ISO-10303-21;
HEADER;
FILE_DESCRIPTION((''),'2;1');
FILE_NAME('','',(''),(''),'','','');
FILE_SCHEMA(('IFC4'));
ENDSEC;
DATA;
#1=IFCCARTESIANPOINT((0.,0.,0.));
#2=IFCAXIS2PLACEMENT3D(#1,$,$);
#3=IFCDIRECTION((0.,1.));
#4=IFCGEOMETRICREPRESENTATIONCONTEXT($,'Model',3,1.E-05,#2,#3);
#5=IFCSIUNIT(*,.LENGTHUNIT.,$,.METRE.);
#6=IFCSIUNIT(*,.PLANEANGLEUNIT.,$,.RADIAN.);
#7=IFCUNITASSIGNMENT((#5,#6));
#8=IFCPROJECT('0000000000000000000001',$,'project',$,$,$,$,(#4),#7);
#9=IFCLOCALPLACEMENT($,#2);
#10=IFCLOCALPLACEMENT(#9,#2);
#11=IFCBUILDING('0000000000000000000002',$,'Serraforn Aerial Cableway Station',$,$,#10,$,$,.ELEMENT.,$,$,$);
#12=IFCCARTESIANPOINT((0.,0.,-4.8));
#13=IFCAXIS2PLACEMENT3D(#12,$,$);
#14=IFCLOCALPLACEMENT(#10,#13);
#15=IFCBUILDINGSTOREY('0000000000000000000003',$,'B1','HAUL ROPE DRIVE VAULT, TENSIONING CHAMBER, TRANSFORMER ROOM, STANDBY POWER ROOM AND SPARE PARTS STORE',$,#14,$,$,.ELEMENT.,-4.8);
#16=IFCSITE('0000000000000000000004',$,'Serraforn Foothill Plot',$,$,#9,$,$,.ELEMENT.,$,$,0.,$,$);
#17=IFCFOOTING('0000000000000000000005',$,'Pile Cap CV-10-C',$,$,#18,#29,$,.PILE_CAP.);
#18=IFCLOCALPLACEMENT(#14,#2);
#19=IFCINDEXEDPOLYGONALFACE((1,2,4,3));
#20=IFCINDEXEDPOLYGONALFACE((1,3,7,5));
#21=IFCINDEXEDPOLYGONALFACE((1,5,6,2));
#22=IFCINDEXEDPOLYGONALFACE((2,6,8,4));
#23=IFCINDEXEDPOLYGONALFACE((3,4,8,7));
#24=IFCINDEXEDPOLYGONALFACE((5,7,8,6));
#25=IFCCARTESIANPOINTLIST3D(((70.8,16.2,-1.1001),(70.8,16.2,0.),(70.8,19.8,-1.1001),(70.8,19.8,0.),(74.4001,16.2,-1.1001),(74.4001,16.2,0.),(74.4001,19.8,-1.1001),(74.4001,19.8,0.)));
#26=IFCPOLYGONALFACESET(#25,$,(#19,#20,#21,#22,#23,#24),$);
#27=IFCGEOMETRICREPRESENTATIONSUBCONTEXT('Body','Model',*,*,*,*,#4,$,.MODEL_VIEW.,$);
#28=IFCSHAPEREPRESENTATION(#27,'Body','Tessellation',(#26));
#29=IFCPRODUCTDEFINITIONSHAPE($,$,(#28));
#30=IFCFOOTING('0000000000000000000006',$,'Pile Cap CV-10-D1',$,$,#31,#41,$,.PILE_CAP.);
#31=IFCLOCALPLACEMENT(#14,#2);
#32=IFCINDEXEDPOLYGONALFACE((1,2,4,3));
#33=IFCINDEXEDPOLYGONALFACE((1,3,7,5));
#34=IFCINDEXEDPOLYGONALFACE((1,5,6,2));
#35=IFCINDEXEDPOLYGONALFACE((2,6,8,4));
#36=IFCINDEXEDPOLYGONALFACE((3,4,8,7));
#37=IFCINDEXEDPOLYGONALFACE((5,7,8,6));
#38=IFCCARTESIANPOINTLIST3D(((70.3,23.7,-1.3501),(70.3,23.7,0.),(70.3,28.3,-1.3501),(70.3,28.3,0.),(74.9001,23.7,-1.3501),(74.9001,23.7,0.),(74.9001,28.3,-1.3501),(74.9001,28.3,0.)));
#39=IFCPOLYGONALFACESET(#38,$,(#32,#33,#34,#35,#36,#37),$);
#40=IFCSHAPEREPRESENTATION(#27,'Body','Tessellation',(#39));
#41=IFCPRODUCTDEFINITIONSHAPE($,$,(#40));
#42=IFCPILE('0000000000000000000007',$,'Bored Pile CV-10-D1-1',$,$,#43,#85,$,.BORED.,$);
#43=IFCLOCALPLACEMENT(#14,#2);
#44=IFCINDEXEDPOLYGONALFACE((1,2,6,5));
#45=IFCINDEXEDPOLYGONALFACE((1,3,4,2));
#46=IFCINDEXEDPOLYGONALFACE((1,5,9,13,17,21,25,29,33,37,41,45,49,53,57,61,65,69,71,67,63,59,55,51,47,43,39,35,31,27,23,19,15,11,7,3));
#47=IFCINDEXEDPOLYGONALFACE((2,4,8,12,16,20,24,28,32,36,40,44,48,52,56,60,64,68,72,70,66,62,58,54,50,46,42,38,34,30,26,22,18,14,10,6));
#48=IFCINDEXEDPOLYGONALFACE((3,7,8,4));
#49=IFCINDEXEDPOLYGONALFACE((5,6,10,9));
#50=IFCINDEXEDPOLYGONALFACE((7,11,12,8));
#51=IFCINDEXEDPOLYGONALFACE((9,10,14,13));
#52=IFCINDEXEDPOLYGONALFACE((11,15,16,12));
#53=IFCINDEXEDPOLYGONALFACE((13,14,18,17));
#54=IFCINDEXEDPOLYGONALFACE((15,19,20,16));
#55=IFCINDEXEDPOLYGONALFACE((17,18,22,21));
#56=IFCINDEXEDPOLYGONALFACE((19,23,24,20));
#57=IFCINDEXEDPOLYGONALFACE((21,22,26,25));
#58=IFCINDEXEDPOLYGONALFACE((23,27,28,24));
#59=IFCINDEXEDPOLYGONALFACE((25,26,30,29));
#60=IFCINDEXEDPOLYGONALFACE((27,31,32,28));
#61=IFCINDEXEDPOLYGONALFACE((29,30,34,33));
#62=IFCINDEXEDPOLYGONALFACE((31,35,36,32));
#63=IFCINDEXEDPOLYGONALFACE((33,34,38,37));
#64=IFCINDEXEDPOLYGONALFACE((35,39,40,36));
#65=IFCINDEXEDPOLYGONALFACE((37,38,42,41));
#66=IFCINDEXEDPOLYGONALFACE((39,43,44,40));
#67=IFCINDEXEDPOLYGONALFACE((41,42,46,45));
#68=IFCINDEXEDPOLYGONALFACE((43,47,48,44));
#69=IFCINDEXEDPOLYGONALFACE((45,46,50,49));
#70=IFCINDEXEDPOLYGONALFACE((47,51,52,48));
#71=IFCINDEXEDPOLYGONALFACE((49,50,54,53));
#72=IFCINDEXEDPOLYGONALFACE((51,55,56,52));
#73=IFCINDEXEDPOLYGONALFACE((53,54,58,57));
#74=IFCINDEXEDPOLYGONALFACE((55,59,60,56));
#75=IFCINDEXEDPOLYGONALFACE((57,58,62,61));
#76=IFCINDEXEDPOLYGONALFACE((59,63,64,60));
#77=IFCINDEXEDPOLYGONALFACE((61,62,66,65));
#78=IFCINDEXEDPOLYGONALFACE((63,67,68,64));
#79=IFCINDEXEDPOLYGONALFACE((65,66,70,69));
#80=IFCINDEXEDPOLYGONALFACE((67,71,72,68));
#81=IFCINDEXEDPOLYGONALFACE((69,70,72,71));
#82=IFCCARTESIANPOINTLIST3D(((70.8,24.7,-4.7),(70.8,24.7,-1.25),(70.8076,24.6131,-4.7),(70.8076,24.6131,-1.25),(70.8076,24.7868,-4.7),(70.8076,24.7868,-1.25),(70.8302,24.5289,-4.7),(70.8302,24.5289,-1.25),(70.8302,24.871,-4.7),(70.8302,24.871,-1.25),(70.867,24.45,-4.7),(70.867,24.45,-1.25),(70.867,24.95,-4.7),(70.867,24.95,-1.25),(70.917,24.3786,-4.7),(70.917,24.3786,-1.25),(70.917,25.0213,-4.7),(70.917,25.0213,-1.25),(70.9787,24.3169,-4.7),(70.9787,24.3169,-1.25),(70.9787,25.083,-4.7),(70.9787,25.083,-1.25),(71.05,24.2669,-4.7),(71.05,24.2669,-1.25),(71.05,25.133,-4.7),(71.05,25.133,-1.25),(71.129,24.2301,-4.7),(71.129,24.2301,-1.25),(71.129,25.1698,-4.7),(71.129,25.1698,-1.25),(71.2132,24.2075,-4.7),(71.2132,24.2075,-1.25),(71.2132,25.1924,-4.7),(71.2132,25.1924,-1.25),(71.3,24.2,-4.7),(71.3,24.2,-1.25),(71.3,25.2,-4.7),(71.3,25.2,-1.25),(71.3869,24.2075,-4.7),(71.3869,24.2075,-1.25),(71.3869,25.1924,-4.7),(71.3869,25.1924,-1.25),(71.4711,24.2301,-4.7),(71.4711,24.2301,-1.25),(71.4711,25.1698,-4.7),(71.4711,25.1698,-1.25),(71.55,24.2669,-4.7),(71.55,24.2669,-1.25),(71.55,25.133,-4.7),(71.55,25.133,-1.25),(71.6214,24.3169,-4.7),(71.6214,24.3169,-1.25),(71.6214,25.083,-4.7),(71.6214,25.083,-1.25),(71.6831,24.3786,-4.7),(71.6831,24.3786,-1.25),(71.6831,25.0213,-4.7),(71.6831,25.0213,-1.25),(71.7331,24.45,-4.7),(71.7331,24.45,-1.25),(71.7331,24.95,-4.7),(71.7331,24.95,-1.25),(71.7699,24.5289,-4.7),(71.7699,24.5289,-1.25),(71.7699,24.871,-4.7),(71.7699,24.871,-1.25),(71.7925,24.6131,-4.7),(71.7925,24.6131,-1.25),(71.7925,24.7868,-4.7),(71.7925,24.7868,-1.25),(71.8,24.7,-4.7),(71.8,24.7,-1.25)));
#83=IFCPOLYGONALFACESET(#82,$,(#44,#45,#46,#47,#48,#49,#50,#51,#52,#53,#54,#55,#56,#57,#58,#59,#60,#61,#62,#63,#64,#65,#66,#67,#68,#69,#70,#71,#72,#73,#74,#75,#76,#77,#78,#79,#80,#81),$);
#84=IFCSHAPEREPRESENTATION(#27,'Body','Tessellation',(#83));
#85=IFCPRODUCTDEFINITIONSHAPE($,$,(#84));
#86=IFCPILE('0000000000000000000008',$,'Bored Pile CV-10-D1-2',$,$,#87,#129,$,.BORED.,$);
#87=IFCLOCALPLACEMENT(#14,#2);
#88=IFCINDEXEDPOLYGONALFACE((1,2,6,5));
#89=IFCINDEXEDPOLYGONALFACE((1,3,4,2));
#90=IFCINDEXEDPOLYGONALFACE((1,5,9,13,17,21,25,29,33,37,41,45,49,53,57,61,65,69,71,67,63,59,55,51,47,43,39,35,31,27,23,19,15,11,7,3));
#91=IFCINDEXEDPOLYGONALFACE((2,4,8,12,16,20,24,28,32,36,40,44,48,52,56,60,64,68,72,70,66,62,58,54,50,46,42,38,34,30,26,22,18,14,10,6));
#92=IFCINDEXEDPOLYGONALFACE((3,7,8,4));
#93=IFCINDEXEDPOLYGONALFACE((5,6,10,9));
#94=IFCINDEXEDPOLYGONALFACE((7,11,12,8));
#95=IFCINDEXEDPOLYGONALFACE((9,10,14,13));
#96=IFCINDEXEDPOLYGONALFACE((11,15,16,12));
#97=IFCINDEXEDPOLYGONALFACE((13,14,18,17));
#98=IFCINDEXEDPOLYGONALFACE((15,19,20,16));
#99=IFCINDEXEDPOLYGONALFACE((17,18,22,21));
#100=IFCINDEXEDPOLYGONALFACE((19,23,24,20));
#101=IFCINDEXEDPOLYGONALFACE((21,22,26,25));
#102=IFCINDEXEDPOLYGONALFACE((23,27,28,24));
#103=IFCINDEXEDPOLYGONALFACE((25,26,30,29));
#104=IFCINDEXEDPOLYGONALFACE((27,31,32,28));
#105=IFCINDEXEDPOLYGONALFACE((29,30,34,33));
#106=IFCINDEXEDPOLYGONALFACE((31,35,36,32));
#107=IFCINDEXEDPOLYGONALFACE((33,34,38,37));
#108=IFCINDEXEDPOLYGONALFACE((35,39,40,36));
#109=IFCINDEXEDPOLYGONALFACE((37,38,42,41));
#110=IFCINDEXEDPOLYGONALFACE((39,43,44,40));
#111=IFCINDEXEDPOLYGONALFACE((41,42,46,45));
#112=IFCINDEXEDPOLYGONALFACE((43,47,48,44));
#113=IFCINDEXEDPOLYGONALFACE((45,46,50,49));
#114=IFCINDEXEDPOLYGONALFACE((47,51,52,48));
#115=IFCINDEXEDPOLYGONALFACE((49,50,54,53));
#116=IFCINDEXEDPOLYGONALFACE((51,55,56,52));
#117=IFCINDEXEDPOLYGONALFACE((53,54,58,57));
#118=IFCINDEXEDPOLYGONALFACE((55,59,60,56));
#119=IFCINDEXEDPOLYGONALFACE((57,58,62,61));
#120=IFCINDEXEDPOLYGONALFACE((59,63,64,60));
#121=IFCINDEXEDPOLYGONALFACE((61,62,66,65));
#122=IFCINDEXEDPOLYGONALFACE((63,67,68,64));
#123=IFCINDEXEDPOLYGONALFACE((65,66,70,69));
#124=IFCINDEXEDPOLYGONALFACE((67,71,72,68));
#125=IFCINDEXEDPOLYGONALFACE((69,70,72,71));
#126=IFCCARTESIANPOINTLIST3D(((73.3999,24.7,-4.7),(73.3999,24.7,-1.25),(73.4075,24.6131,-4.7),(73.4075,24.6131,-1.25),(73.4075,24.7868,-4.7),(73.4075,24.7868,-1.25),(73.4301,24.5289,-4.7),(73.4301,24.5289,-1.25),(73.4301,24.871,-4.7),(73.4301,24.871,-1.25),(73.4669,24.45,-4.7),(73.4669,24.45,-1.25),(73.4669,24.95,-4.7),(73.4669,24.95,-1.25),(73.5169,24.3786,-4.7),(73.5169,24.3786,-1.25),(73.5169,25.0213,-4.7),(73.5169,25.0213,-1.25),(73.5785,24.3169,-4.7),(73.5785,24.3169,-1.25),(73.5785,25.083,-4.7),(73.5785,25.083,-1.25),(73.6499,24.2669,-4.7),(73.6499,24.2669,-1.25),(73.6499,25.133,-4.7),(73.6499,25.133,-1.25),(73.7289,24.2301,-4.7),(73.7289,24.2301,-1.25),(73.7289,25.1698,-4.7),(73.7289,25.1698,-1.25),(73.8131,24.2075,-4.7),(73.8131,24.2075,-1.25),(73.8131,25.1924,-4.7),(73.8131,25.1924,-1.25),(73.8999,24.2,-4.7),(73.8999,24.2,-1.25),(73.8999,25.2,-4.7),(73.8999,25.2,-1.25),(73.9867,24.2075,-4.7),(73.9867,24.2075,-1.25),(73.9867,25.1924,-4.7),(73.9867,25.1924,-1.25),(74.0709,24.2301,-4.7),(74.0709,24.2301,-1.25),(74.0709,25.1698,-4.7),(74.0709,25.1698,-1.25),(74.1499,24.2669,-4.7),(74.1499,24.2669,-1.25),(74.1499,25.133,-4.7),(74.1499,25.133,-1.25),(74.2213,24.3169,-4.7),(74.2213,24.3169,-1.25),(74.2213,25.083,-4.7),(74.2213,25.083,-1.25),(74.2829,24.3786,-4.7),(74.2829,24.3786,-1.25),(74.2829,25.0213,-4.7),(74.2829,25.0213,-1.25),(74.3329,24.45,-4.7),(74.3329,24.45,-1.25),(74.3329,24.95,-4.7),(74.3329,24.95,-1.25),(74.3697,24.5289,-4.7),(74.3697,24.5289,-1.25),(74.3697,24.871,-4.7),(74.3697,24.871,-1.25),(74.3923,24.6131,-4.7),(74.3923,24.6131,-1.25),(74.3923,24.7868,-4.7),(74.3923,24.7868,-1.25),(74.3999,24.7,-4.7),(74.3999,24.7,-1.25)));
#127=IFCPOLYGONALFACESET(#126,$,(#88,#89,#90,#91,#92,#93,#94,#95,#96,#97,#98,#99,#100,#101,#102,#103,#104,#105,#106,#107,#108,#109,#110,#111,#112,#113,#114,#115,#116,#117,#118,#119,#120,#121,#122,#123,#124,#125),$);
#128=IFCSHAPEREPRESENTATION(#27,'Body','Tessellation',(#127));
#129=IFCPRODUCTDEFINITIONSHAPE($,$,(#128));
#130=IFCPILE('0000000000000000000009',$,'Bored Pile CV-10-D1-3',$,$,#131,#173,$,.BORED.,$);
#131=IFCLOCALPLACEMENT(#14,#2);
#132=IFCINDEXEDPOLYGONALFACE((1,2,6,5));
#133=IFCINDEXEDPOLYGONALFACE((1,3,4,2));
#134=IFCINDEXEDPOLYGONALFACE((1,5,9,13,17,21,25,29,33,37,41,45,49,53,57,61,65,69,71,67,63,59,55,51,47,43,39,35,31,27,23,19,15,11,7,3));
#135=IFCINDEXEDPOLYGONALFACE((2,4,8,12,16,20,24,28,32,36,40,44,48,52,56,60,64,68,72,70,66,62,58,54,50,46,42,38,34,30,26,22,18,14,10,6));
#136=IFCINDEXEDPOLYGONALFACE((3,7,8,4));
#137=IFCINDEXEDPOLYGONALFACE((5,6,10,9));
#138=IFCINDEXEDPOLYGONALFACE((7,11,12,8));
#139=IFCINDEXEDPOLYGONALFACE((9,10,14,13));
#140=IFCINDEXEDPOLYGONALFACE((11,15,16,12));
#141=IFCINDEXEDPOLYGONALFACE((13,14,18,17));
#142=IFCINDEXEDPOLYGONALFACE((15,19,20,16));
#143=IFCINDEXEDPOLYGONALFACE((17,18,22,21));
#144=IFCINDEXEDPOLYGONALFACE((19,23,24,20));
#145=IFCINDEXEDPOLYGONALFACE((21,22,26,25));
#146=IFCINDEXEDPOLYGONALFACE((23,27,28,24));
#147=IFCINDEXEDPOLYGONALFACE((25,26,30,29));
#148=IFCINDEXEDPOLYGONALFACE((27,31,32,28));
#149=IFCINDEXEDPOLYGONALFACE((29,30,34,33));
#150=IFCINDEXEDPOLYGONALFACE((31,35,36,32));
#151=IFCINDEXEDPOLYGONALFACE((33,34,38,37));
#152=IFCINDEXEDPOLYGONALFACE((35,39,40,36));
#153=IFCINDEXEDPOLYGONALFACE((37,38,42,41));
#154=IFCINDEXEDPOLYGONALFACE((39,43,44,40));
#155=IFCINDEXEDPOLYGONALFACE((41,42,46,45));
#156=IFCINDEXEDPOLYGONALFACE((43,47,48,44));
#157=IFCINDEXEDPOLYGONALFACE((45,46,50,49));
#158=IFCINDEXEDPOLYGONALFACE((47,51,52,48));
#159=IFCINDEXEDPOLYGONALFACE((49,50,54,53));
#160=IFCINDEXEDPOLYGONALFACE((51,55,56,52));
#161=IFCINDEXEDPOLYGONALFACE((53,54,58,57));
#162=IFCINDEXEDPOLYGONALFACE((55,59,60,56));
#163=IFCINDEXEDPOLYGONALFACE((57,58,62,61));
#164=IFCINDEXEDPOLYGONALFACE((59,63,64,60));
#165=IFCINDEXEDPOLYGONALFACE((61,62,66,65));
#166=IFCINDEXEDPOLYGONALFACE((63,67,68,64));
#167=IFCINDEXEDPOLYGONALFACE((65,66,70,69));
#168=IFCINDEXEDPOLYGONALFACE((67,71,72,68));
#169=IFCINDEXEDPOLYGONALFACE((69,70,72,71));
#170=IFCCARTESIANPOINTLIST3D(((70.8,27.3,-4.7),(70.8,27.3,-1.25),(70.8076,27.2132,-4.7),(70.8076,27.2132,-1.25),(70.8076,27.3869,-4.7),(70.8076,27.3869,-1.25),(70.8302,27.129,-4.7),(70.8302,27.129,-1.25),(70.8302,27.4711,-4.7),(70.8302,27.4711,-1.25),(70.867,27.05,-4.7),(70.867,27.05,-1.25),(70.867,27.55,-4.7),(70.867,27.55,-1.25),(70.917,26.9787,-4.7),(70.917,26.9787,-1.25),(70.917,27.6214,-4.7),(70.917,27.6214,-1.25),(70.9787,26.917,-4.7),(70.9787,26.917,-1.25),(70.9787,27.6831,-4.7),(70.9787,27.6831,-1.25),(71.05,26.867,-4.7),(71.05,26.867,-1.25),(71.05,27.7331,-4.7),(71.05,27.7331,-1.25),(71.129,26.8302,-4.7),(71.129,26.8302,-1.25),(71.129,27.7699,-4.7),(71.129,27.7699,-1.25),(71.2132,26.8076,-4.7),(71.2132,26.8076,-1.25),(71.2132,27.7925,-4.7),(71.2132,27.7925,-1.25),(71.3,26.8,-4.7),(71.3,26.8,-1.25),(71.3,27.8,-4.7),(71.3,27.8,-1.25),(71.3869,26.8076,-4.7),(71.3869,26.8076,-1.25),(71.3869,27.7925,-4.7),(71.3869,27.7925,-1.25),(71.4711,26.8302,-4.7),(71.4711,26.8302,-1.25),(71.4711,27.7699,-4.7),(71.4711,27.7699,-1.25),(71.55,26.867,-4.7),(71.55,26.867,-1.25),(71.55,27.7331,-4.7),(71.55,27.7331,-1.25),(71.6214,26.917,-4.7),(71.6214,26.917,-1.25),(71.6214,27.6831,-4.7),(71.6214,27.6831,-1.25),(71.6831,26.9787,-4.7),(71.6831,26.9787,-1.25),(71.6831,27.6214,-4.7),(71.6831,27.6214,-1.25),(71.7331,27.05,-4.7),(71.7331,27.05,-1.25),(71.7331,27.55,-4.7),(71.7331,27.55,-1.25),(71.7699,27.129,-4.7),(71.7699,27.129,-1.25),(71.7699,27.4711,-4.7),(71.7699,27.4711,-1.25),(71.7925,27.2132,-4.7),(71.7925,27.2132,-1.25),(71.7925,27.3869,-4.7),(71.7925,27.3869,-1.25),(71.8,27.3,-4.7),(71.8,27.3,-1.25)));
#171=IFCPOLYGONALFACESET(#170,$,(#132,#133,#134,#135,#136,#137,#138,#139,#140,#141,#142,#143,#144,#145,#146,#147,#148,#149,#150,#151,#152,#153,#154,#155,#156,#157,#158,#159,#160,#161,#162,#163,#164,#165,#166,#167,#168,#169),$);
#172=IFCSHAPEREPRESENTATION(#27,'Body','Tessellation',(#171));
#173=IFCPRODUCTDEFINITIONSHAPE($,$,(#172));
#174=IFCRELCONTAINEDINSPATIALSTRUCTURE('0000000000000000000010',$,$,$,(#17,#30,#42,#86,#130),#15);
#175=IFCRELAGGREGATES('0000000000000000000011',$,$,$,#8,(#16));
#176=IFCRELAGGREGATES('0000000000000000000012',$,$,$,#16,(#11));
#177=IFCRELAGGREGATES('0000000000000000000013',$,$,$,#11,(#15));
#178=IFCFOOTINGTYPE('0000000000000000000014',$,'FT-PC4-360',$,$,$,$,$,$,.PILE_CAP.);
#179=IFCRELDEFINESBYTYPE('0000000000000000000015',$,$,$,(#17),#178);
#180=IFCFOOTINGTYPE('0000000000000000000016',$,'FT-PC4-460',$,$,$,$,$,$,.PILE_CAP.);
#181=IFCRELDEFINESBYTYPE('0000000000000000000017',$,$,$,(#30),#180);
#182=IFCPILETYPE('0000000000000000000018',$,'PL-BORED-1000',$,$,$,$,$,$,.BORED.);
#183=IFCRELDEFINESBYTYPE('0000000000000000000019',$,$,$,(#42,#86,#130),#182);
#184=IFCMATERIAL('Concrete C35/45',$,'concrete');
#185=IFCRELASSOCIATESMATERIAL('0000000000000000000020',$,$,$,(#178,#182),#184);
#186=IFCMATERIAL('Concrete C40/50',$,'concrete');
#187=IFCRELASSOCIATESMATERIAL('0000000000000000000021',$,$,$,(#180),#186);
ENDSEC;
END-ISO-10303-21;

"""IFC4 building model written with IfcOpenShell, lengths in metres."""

from ifc_helpers import new_model, si_unit, direction, frame, origin, origin_2d, place, context, subcontext, project, spatial, rectangle, circle, extrude, material, material_profile, profile_set, type_object, element, save


model = new_model("IFC4")

# Units and contexts
model_context = context("Model", 3, precision=1e-05, world=origin(), true_north=direction((0.0, 1.0)))
body_context = subcontext(model_context, "Body", "Model", "MODEL_VIEW")
ifc_project = project(units=[si_unit("LENGTHUNIT", "METRE"), si_unit("PLANEANGLEUNIT", "RADIAN")], contexts=[model_context])

# Site, building, storey
site_placement = place(None, origin())
site = spatial("IfcSite", under=ifc_project, at=site_placement, Name="Serraforn Foothill Plot", CompositionType="ELEMENT", RefElevation=0.0)
building_placement = place(site_placement, origin())
building = spatial("IfcBuilding", under=site, at=building_placement, Name="Serraforn Aerial Cableway Station", CompositionType="ELEMENT")
storey_placement = place(building_placement, frame((0.0, 0.0, -4.8)))
storey = spatial("IfcBuildingStorey", under=building, at=storey_placement, Name="B1", Description="HAUL ROPE DRIVE VAULT, TENSIONING CHAMBER, TRANSFORMER ROOM, STANDBY POWER ROOM AND SPARE PARTS STORE", CompositionType="ELEMENT", Elevation=-4.8)

# Footings
ifc_material_1 = material(Name="Concrete C35/45", Category="concrete")
footing_type_1 = type_object("IfcFootingType", Name="FT-PC4-360", PredefinedType="PILE_CAP", material=ifc_material_1)
footing_1_placement = place(storey_placement, frame((72.6001, 18.0, -1.1001), z_axis=(0.0, 0.0, 1.0), x_axis=(1.0, 0.0, 0.0)))
element("IfcFooting", 1, at=footing_1_placement, inside=storey, type_object=footing_type_1, Name="Pile Cap CV-10-C", PredefinedType="PILE_CAP", context=body_context, shape_type="SweptSolid", body=[
    extrude(rectangle(XDim=3.6001, YDim=3.6001, at=origin_2d()), origin(), (0.0, 0.0, 1.0), 1.1001),
])
ifc_material_2 = material(Name="Concrete C40/50", Category="concrete")
footing_type_2 = type_object("IfcFootingType", Name="FT-PC4-460", PredefinedType="PILE_CAP", material=ifc_material_2)
footing_2_placement = place(storey_placement, frame((72.6001, 26.0, -1.3501), z_axis=(0.0, 0.0, 1.0), x_axis=(1.0, 0.0, 0.0)))
element("IfcFooting", 2, at=footing_2_placement, inside=storey, type_object=footing_type_2, Name="Pile Cap CV-10-D1", PredefinedType="PILE_CAP", context=body_context, shape_type="SweptSolid", body=[
    extrude(rectangle(XDim=4.6001, YDim=4.6001, at=origin_2d()), origin(), (0.0, 0.0, 1.0), 1.3501),
])

# Piles
ifc_material_profile_1 = material_profile(ifc_material_1, circle(Radius=0.5, at=origin_2d()), Name="BORED PILE D1000")
ifc_profile_set_1 = profile_set([ifc_material_profile_1], Name="Concrete C35/45")
pile_type_1 = type_object("IfcPileType", Name="PL-BORED-1000", PredefinedType="BORED", material=ifc_profile_set_1)
for number, where, z_axis, x_axis, name in (
    (3, (71.3, 24.7, -1.25), (0.0, 0.0, -1.0), (1.0, 0.0, 0.0), "Bored Pile CV-10-D1-1"),
    (4, (73.8999, 24.7, -1.25), (0.0, 0.0, -1.0), (1.0, 0.0, 0.0), "Bored Pile CV-10-D1-2"),
    (5, (71.3, 27.3, -1.25), (0.0, 0.0, -1.0), (1.0, 0.0, 0.0), "Bored Pile CV-10-D1-3"),
):
    element("IfcPile", number, at=place(storey_placement, frame(where, z_axis=z_axis, x_axis=x_axis)), inside=storey, type_object=pile_type_1, Name=name, PredefinedType="BORED", context=body_context, shape_type="SweptSolid", body=[
        extrude(circle(Radius=0.5, at=origin_2d()), origin(), (0.0, 0.0, 1.0), 3.45),
    ])

save(model, "model.ifc")
